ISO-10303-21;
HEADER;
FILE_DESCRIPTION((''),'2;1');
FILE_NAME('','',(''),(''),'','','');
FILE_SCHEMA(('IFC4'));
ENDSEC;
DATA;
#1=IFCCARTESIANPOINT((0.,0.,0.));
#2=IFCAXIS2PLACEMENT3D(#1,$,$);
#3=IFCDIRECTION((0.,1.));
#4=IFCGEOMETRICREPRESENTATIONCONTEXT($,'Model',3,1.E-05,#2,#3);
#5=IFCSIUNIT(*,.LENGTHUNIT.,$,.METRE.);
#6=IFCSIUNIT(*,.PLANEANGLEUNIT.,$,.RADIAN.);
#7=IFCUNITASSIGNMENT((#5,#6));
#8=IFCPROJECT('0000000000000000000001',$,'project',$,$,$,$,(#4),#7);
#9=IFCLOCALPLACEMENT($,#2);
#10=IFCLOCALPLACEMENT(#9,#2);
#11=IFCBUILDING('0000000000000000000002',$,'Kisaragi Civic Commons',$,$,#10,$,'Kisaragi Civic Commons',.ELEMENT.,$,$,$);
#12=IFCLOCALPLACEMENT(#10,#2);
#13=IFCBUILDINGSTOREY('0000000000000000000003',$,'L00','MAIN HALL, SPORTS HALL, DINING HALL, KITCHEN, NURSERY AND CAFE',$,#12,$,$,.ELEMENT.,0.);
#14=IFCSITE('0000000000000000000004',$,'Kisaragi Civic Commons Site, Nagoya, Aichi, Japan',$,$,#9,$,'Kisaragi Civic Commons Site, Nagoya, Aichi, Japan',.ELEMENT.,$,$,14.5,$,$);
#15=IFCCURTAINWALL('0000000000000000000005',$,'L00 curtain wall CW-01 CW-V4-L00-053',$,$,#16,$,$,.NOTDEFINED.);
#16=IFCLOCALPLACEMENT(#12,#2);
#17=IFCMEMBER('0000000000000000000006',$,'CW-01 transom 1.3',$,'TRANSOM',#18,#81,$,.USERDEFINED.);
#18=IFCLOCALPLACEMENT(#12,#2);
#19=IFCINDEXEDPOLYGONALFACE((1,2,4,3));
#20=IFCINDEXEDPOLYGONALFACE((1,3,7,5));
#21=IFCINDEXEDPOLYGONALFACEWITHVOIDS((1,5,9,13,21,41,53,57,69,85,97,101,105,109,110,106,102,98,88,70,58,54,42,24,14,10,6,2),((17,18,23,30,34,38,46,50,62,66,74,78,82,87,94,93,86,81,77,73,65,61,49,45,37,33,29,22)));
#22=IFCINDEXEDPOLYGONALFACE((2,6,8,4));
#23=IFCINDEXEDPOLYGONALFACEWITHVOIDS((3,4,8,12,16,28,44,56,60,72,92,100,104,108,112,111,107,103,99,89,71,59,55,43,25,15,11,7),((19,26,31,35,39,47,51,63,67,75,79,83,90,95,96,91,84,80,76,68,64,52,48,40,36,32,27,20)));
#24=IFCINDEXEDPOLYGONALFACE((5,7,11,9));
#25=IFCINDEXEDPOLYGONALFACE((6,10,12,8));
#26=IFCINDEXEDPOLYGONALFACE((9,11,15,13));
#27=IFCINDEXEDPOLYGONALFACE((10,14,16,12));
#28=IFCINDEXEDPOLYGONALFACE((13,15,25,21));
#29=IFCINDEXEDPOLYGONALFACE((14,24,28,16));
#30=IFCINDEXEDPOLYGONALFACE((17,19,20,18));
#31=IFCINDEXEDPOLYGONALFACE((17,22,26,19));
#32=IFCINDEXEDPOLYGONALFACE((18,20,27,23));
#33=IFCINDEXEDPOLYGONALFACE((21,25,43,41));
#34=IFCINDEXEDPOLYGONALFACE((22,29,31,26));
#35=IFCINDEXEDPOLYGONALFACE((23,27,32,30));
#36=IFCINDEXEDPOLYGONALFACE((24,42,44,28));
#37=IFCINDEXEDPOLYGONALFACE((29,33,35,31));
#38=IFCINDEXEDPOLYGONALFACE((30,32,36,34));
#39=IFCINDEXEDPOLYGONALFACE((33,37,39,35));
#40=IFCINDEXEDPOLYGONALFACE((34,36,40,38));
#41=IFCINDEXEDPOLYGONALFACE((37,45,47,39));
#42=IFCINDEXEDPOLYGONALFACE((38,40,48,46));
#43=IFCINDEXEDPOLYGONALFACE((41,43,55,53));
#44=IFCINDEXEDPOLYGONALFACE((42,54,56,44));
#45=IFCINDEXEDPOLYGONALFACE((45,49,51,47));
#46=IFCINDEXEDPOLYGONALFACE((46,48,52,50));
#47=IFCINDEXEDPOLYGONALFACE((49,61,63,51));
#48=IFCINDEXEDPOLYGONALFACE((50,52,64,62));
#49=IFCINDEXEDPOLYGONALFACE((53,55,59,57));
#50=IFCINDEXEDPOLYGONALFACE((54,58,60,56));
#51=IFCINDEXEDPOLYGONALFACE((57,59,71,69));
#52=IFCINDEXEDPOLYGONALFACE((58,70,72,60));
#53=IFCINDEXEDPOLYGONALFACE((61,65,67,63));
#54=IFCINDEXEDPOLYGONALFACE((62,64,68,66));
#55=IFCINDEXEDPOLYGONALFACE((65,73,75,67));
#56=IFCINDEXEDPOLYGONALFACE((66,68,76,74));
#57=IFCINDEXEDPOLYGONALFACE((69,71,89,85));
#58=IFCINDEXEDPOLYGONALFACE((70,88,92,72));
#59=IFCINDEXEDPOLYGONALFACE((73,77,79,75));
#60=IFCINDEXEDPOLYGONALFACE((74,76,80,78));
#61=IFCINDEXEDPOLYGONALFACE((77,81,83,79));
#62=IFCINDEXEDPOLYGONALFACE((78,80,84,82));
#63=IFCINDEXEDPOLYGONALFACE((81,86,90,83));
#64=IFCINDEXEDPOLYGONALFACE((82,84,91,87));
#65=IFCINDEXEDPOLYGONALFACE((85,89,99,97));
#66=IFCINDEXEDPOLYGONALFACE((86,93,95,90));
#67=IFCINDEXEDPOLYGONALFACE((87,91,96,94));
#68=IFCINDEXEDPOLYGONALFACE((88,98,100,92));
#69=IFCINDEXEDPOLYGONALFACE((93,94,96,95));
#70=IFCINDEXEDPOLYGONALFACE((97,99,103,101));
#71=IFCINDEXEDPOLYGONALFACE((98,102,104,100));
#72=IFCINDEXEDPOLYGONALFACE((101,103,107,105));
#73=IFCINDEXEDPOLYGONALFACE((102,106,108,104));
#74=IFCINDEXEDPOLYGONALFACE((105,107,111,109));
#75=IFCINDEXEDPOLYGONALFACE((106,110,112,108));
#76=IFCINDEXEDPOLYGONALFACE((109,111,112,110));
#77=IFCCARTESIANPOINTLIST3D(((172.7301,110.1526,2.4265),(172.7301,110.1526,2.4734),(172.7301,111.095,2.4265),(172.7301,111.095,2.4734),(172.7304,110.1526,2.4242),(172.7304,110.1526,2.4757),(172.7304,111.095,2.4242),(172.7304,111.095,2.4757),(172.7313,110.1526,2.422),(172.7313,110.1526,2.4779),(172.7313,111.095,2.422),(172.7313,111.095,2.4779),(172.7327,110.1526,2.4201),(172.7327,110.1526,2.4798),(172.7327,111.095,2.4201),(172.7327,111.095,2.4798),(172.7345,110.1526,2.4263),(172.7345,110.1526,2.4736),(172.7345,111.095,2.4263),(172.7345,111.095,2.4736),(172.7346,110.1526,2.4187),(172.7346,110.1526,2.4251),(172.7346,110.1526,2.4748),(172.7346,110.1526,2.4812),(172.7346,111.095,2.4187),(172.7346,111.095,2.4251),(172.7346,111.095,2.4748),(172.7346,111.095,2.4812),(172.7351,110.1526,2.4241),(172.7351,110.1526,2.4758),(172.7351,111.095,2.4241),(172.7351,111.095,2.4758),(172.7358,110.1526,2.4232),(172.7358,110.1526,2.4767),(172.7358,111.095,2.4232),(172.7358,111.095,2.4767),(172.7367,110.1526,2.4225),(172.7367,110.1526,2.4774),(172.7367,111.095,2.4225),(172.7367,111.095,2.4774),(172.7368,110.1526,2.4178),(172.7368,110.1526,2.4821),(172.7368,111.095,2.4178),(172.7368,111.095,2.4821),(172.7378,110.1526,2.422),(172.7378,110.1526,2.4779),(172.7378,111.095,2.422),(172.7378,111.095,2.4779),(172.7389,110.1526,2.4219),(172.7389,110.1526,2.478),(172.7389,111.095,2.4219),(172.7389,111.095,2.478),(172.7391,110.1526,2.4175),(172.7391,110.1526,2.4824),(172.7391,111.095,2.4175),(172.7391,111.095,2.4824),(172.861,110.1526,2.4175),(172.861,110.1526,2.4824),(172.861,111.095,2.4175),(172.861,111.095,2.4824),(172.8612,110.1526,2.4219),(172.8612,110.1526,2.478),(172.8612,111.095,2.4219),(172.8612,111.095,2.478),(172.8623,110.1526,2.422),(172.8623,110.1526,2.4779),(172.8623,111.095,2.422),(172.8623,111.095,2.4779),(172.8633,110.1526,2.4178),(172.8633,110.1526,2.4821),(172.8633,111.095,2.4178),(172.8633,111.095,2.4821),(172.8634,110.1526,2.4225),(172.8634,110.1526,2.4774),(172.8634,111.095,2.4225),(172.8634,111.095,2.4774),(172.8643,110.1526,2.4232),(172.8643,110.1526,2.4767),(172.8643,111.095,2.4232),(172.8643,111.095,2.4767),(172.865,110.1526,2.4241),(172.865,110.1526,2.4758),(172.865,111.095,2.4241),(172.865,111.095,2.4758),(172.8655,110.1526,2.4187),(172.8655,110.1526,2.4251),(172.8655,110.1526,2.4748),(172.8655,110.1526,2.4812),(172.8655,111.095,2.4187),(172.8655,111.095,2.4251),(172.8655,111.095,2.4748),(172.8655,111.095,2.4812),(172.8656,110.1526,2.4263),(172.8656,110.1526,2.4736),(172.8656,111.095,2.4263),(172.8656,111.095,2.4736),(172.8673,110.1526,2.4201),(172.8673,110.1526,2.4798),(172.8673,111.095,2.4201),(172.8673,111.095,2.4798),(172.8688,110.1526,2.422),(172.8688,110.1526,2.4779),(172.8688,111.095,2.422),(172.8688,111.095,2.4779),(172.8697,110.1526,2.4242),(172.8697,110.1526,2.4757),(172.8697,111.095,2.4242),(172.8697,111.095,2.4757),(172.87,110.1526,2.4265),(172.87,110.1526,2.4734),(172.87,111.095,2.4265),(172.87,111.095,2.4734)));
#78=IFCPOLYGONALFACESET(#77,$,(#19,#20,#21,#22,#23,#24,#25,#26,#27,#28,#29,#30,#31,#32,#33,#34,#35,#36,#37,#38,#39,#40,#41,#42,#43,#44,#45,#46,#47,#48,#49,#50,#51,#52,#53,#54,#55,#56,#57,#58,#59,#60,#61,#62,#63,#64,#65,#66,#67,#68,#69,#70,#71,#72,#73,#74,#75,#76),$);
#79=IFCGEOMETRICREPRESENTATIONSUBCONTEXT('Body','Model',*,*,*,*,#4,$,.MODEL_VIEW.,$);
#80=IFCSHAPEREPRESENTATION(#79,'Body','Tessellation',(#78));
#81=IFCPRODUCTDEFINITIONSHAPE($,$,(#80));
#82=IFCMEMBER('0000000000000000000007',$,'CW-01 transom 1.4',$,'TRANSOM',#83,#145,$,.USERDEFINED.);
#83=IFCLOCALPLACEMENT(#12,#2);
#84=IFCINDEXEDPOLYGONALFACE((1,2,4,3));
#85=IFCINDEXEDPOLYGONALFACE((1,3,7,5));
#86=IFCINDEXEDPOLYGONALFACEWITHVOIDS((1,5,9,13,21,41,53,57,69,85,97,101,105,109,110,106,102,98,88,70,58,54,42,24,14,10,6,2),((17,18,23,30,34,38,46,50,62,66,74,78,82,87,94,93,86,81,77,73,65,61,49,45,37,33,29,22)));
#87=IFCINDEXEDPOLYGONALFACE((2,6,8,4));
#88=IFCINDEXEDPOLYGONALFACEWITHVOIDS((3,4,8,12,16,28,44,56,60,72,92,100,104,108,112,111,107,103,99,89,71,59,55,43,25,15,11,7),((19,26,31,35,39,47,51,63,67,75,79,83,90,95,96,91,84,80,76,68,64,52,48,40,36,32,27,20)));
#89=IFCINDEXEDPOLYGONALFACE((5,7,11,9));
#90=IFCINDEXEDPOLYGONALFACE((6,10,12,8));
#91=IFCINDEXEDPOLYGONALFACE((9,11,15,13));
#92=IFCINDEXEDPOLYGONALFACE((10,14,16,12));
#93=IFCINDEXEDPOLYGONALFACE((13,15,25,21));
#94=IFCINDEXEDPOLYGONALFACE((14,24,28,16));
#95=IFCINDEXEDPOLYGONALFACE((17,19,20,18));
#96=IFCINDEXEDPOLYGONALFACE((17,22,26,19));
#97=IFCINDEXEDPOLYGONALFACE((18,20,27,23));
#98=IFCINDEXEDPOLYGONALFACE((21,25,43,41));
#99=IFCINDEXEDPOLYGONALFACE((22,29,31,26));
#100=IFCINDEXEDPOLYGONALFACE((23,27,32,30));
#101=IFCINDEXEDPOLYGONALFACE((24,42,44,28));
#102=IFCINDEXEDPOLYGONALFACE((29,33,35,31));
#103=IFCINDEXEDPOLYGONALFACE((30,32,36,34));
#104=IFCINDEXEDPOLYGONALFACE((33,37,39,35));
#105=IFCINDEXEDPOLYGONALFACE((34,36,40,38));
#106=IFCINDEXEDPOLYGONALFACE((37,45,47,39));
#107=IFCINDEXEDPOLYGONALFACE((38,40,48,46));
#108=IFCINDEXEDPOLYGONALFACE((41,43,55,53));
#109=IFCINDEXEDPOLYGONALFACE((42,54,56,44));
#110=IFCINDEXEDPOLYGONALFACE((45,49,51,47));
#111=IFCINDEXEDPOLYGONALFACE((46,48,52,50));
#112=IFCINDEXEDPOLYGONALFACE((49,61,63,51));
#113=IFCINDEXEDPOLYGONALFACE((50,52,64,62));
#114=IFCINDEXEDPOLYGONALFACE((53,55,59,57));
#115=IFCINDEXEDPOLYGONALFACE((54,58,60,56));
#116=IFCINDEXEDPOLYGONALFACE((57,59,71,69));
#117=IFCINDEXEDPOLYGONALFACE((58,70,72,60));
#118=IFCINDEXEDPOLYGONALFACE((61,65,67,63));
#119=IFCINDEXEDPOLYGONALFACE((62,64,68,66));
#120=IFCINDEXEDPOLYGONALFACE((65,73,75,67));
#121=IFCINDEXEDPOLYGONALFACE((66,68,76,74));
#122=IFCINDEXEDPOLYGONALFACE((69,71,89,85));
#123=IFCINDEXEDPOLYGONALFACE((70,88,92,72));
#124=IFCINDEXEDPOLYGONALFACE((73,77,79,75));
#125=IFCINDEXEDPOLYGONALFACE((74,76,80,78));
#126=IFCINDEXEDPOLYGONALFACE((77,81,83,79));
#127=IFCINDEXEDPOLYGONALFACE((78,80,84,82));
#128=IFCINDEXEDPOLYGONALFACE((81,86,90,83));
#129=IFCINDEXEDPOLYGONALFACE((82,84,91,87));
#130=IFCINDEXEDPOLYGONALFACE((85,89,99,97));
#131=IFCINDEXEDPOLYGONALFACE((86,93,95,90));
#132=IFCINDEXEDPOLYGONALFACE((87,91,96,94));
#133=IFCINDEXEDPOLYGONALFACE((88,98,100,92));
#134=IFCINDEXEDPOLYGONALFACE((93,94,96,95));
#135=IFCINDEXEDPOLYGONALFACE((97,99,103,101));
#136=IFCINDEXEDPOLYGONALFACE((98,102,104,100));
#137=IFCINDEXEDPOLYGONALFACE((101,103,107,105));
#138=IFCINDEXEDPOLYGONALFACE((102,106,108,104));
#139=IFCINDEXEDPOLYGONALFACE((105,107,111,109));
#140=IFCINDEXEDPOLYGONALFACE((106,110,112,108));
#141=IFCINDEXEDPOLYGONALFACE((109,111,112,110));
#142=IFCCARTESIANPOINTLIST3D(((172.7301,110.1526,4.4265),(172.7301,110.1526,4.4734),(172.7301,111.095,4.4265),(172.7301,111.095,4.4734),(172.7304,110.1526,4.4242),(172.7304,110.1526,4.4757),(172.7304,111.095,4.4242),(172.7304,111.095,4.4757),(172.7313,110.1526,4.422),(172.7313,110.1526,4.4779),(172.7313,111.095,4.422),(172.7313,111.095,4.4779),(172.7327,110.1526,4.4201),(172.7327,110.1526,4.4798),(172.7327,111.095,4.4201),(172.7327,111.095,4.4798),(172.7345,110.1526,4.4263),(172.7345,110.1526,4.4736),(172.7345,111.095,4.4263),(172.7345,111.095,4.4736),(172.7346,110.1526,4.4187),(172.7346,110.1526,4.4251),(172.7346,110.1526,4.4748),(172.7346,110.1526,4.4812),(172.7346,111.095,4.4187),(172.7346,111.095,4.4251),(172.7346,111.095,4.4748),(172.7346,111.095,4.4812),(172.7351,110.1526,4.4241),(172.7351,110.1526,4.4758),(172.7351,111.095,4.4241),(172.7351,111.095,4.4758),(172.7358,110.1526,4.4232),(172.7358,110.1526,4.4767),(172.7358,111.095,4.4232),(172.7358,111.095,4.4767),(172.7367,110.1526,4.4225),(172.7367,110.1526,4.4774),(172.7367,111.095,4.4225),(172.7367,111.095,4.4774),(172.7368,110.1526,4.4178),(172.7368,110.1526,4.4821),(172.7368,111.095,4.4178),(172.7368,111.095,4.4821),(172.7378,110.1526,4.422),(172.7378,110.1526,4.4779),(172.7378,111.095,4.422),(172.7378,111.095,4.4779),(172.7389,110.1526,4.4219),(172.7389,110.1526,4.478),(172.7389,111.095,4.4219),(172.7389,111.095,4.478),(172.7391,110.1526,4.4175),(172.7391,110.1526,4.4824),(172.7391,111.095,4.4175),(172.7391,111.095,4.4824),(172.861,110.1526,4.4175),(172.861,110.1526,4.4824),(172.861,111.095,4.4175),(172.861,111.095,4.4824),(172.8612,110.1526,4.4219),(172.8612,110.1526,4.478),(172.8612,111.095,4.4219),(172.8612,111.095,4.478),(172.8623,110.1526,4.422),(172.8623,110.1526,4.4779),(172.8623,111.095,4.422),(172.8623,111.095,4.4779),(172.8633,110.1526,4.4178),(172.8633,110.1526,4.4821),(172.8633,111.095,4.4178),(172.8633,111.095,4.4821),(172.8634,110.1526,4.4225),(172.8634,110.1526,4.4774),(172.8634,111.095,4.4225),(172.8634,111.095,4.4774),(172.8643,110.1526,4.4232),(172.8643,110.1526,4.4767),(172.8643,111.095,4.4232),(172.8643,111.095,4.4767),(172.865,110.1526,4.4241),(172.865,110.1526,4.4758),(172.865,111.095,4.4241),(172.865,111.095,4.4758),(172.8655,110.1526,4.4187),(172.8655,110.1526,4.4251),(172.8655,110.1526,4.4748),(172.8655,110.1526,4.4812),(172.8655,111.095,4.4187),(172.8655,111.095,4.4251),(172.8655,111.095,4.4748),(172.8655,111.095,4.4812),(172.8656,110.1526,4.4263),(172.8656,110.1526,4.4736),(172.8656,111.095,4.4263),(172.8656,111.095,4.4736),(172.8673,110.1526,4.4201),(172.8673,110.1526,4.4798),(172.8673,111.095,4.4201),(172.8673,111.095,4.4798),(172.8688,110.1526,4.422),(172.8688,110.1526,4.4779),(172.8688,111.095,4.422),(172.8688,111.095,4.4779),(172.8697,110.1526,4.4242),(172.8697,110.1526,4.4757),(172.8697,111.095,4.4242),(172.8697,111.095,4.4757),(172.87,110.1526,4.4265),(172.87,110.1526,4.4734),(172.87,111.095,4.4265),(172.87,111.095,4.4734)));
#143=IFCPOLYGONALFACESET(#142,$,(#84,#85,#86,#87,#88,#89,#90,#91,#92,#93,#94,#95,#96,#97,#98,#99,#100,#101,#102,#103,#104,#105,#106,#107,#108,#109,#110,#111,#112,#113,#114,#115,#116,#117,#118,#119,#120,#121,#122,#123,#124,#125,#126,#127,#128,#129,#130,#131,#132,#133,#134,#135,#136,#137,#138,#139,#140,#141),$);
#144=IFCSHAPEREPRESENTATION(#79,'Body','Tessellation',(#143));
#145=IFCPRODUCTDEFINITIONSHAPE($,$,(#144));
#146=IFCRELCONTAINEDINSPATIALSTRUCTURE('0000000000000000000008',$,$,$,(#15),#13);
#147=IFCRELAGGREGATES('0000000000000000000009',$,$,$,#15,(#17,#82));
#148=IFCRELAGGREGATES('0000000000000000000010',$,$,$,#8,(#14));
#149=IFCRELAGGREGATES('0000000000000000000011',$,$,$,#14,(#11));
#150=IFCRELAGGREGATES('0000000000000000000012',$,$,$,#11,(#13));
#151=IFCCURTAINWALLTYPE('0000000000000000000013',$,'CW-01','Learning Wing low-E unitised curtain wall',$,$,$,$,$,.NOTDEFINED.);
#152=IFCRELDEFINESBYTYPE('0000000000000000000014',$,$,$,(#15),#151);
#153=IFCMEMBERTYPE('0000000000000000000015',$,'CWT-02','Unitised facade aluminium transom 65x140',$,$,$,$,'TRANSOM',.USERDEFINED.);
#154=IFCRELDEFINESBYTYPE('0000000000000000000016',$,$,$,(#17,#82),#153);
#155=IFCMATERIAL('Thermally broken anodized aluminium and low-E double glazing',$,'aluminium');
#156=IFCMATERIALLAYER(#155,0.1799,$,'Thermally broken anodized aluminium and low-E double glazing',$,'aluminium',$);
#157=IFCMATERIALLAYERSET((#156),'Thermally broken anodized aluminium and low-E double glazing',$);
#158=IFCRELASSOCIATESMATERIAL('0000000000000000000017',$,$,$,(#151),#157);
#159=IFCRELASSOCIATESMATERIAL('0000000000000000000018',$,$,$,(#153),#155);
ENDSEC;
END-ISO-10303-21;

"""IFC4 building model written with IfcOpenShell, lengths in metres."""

from ifc_helpers import new_model, si_unit, direction, frame, origin, origin_2d, place, context, subcontext, project, spatial, hollow_rectangle, extrude, material, layer, layer_set, material_profile, profile_set, type_object, element, aggregate, save


model = new_model("IFC4")

# Units and contexts
model_context = context("Model", 3, precision=1e-05, world=origin(), true_north=direction((0.0, 1.0)))
body_context = subcontext(model_context, "Body", "Model", "MODEL_VIEW")
ifc_project = project(units=[si_unit("LENGTHUNIT", "METRE"), si_unit("PLANEANGLEUNIT", "RADIAN")], contexts=[model_context])

# Site, building, storey
site_placement = place(None, origin())
site = spatial("IfcSite", under=ifc_project, at=site_placement, Name="Kisaragi Civic Commons Site, Nagoya, Aichi, Japan", LongName="Kisaragi Civic Commons Site, Nagoya, Aichi, Japan", CompositionType="ELEMENT", RefElevation=14.5)
building_placement = place(site_placement, origin())
building = spatial("IfcBuilding", under=site, at=building_placement, Name="Kisaragi Civic Commons", LongName="Kisaragi Civic Commons", CompositionType="ELEMENT")
storey_placement = place(building_placement, origin())
storey = spatial("IfcBuildingStorey", under=building, at=storey_placement, Name="L00", Description="MAIN HALL, SPORTS HALL, DINING HALL, KITCHEN, NURSERY AND CAFE", CompositionType="ELEMENT", Elevation=0.0)

# Shared definitions
ifc_material_1 = material(Name="Thermally broken anodized aluminium and low-E double glazing", Category="aluminium")
ifc_layer_1 = layer(ifc_material_1, 0.1799, Name="Thermally broken anodized aluminium and low-E double glazing", Category="aluminium")
ifc_layer_set_1 = layer_set([ifc_layer_1], Name="Thermally broken anodized aluminium and low-E double glazing")
curtain_wall_type = type_object("IfcCurtainWallType", Name="CW-01", Description="Learning Wing low-E unitised curtain wall", PredefinedType="NOTDEFINED", material=ifc_layer_set_1)

# Curtain wall
curtain_wall_1_placement = place(storey_placement, origin())
curtain_wall_1 = element("IfcCurtainWall", 1, at=curtain_wall_1_placement, inside=storey, type_object=curtain_wall_type, Name="L00 curtain wall CW-01 CW-V4-L00-053", PredefinedType="NOTDEFINED")

# Members
ifc_material_profile_1 = material_profile(ifc_material_1, hollow_rectangle(XDim=0.1399, YDim=0.0649, WallThickness=0.0044, InnerFilletRadius=0.0044, OuterFilletRadius=0.009, at=origin_2d()), Name="CWT-65x140x4.5", Category="aluminium")
ifc_profile_set_1 = profile_set([ifc_material_profile_1], Name="Thermally broken anodized aluminium and low-E double glazing")
member_type_1 = type_object("IfcMemberType", Name="CWT-02", Description="Unitised facade aluminium transom 65x140", ElementType="TRANSOM", PredefinedType="USERDEFINED", material=ifc_profile_set_1)
member_1_placement = place(storey_placement, frame((172.8, 111.095, 2.45), z_axis=(0.0, -1.0, 0.0), x_axis=(1.0, 0.0, 0.0)))
member_1 = element("IfcMember", 2, at=member_1_placement, type_object=member_type_1, Name="CW-01 transom 1.3", ObjectType="TRANSOM", PredefinedType="USERDEFINED", context=body_context, shape_type="SweptSolid", body=[
    extrude(hollow_rectangle(XDim=0.1399, YDim=0.0649, WallThickness=0.0044, InnerFilletRadius=0.0044, OuterFilletRadius=0.009, at=origin_2d()), origin(), (0.0, 0.0, 1.0), 0.9424),
])
member_2_placement = place(storey_placement, frame((172.8, 111.095, 4.45), z_axis=(0.0, -1.0, 0.0), x_axis=(1.0, 0.0, 0.0)))
member_2 = element("IfcMember", 3, at=member_2_placement, type_object=member_type_1, Name="CW-01 transom 1.4", ObjectType="TRANSOM", PredefinedType="USERDEFINED", context=body_context, shape_type="SweptSolid", body=[
    extrude(hollow_rectangle(XDim=0.1399, YDim=0.0649, WallThickness=0.0044, InnerFilletRadius=0.0044, OuterFilletRadius=0.009, at=origin_2d()), origin(), (0.0, 0.0, 1.0), 0.9424),
])

aggregate(curtain_wall_1, [member_1, member_2])

save(model, "model.ifc")
